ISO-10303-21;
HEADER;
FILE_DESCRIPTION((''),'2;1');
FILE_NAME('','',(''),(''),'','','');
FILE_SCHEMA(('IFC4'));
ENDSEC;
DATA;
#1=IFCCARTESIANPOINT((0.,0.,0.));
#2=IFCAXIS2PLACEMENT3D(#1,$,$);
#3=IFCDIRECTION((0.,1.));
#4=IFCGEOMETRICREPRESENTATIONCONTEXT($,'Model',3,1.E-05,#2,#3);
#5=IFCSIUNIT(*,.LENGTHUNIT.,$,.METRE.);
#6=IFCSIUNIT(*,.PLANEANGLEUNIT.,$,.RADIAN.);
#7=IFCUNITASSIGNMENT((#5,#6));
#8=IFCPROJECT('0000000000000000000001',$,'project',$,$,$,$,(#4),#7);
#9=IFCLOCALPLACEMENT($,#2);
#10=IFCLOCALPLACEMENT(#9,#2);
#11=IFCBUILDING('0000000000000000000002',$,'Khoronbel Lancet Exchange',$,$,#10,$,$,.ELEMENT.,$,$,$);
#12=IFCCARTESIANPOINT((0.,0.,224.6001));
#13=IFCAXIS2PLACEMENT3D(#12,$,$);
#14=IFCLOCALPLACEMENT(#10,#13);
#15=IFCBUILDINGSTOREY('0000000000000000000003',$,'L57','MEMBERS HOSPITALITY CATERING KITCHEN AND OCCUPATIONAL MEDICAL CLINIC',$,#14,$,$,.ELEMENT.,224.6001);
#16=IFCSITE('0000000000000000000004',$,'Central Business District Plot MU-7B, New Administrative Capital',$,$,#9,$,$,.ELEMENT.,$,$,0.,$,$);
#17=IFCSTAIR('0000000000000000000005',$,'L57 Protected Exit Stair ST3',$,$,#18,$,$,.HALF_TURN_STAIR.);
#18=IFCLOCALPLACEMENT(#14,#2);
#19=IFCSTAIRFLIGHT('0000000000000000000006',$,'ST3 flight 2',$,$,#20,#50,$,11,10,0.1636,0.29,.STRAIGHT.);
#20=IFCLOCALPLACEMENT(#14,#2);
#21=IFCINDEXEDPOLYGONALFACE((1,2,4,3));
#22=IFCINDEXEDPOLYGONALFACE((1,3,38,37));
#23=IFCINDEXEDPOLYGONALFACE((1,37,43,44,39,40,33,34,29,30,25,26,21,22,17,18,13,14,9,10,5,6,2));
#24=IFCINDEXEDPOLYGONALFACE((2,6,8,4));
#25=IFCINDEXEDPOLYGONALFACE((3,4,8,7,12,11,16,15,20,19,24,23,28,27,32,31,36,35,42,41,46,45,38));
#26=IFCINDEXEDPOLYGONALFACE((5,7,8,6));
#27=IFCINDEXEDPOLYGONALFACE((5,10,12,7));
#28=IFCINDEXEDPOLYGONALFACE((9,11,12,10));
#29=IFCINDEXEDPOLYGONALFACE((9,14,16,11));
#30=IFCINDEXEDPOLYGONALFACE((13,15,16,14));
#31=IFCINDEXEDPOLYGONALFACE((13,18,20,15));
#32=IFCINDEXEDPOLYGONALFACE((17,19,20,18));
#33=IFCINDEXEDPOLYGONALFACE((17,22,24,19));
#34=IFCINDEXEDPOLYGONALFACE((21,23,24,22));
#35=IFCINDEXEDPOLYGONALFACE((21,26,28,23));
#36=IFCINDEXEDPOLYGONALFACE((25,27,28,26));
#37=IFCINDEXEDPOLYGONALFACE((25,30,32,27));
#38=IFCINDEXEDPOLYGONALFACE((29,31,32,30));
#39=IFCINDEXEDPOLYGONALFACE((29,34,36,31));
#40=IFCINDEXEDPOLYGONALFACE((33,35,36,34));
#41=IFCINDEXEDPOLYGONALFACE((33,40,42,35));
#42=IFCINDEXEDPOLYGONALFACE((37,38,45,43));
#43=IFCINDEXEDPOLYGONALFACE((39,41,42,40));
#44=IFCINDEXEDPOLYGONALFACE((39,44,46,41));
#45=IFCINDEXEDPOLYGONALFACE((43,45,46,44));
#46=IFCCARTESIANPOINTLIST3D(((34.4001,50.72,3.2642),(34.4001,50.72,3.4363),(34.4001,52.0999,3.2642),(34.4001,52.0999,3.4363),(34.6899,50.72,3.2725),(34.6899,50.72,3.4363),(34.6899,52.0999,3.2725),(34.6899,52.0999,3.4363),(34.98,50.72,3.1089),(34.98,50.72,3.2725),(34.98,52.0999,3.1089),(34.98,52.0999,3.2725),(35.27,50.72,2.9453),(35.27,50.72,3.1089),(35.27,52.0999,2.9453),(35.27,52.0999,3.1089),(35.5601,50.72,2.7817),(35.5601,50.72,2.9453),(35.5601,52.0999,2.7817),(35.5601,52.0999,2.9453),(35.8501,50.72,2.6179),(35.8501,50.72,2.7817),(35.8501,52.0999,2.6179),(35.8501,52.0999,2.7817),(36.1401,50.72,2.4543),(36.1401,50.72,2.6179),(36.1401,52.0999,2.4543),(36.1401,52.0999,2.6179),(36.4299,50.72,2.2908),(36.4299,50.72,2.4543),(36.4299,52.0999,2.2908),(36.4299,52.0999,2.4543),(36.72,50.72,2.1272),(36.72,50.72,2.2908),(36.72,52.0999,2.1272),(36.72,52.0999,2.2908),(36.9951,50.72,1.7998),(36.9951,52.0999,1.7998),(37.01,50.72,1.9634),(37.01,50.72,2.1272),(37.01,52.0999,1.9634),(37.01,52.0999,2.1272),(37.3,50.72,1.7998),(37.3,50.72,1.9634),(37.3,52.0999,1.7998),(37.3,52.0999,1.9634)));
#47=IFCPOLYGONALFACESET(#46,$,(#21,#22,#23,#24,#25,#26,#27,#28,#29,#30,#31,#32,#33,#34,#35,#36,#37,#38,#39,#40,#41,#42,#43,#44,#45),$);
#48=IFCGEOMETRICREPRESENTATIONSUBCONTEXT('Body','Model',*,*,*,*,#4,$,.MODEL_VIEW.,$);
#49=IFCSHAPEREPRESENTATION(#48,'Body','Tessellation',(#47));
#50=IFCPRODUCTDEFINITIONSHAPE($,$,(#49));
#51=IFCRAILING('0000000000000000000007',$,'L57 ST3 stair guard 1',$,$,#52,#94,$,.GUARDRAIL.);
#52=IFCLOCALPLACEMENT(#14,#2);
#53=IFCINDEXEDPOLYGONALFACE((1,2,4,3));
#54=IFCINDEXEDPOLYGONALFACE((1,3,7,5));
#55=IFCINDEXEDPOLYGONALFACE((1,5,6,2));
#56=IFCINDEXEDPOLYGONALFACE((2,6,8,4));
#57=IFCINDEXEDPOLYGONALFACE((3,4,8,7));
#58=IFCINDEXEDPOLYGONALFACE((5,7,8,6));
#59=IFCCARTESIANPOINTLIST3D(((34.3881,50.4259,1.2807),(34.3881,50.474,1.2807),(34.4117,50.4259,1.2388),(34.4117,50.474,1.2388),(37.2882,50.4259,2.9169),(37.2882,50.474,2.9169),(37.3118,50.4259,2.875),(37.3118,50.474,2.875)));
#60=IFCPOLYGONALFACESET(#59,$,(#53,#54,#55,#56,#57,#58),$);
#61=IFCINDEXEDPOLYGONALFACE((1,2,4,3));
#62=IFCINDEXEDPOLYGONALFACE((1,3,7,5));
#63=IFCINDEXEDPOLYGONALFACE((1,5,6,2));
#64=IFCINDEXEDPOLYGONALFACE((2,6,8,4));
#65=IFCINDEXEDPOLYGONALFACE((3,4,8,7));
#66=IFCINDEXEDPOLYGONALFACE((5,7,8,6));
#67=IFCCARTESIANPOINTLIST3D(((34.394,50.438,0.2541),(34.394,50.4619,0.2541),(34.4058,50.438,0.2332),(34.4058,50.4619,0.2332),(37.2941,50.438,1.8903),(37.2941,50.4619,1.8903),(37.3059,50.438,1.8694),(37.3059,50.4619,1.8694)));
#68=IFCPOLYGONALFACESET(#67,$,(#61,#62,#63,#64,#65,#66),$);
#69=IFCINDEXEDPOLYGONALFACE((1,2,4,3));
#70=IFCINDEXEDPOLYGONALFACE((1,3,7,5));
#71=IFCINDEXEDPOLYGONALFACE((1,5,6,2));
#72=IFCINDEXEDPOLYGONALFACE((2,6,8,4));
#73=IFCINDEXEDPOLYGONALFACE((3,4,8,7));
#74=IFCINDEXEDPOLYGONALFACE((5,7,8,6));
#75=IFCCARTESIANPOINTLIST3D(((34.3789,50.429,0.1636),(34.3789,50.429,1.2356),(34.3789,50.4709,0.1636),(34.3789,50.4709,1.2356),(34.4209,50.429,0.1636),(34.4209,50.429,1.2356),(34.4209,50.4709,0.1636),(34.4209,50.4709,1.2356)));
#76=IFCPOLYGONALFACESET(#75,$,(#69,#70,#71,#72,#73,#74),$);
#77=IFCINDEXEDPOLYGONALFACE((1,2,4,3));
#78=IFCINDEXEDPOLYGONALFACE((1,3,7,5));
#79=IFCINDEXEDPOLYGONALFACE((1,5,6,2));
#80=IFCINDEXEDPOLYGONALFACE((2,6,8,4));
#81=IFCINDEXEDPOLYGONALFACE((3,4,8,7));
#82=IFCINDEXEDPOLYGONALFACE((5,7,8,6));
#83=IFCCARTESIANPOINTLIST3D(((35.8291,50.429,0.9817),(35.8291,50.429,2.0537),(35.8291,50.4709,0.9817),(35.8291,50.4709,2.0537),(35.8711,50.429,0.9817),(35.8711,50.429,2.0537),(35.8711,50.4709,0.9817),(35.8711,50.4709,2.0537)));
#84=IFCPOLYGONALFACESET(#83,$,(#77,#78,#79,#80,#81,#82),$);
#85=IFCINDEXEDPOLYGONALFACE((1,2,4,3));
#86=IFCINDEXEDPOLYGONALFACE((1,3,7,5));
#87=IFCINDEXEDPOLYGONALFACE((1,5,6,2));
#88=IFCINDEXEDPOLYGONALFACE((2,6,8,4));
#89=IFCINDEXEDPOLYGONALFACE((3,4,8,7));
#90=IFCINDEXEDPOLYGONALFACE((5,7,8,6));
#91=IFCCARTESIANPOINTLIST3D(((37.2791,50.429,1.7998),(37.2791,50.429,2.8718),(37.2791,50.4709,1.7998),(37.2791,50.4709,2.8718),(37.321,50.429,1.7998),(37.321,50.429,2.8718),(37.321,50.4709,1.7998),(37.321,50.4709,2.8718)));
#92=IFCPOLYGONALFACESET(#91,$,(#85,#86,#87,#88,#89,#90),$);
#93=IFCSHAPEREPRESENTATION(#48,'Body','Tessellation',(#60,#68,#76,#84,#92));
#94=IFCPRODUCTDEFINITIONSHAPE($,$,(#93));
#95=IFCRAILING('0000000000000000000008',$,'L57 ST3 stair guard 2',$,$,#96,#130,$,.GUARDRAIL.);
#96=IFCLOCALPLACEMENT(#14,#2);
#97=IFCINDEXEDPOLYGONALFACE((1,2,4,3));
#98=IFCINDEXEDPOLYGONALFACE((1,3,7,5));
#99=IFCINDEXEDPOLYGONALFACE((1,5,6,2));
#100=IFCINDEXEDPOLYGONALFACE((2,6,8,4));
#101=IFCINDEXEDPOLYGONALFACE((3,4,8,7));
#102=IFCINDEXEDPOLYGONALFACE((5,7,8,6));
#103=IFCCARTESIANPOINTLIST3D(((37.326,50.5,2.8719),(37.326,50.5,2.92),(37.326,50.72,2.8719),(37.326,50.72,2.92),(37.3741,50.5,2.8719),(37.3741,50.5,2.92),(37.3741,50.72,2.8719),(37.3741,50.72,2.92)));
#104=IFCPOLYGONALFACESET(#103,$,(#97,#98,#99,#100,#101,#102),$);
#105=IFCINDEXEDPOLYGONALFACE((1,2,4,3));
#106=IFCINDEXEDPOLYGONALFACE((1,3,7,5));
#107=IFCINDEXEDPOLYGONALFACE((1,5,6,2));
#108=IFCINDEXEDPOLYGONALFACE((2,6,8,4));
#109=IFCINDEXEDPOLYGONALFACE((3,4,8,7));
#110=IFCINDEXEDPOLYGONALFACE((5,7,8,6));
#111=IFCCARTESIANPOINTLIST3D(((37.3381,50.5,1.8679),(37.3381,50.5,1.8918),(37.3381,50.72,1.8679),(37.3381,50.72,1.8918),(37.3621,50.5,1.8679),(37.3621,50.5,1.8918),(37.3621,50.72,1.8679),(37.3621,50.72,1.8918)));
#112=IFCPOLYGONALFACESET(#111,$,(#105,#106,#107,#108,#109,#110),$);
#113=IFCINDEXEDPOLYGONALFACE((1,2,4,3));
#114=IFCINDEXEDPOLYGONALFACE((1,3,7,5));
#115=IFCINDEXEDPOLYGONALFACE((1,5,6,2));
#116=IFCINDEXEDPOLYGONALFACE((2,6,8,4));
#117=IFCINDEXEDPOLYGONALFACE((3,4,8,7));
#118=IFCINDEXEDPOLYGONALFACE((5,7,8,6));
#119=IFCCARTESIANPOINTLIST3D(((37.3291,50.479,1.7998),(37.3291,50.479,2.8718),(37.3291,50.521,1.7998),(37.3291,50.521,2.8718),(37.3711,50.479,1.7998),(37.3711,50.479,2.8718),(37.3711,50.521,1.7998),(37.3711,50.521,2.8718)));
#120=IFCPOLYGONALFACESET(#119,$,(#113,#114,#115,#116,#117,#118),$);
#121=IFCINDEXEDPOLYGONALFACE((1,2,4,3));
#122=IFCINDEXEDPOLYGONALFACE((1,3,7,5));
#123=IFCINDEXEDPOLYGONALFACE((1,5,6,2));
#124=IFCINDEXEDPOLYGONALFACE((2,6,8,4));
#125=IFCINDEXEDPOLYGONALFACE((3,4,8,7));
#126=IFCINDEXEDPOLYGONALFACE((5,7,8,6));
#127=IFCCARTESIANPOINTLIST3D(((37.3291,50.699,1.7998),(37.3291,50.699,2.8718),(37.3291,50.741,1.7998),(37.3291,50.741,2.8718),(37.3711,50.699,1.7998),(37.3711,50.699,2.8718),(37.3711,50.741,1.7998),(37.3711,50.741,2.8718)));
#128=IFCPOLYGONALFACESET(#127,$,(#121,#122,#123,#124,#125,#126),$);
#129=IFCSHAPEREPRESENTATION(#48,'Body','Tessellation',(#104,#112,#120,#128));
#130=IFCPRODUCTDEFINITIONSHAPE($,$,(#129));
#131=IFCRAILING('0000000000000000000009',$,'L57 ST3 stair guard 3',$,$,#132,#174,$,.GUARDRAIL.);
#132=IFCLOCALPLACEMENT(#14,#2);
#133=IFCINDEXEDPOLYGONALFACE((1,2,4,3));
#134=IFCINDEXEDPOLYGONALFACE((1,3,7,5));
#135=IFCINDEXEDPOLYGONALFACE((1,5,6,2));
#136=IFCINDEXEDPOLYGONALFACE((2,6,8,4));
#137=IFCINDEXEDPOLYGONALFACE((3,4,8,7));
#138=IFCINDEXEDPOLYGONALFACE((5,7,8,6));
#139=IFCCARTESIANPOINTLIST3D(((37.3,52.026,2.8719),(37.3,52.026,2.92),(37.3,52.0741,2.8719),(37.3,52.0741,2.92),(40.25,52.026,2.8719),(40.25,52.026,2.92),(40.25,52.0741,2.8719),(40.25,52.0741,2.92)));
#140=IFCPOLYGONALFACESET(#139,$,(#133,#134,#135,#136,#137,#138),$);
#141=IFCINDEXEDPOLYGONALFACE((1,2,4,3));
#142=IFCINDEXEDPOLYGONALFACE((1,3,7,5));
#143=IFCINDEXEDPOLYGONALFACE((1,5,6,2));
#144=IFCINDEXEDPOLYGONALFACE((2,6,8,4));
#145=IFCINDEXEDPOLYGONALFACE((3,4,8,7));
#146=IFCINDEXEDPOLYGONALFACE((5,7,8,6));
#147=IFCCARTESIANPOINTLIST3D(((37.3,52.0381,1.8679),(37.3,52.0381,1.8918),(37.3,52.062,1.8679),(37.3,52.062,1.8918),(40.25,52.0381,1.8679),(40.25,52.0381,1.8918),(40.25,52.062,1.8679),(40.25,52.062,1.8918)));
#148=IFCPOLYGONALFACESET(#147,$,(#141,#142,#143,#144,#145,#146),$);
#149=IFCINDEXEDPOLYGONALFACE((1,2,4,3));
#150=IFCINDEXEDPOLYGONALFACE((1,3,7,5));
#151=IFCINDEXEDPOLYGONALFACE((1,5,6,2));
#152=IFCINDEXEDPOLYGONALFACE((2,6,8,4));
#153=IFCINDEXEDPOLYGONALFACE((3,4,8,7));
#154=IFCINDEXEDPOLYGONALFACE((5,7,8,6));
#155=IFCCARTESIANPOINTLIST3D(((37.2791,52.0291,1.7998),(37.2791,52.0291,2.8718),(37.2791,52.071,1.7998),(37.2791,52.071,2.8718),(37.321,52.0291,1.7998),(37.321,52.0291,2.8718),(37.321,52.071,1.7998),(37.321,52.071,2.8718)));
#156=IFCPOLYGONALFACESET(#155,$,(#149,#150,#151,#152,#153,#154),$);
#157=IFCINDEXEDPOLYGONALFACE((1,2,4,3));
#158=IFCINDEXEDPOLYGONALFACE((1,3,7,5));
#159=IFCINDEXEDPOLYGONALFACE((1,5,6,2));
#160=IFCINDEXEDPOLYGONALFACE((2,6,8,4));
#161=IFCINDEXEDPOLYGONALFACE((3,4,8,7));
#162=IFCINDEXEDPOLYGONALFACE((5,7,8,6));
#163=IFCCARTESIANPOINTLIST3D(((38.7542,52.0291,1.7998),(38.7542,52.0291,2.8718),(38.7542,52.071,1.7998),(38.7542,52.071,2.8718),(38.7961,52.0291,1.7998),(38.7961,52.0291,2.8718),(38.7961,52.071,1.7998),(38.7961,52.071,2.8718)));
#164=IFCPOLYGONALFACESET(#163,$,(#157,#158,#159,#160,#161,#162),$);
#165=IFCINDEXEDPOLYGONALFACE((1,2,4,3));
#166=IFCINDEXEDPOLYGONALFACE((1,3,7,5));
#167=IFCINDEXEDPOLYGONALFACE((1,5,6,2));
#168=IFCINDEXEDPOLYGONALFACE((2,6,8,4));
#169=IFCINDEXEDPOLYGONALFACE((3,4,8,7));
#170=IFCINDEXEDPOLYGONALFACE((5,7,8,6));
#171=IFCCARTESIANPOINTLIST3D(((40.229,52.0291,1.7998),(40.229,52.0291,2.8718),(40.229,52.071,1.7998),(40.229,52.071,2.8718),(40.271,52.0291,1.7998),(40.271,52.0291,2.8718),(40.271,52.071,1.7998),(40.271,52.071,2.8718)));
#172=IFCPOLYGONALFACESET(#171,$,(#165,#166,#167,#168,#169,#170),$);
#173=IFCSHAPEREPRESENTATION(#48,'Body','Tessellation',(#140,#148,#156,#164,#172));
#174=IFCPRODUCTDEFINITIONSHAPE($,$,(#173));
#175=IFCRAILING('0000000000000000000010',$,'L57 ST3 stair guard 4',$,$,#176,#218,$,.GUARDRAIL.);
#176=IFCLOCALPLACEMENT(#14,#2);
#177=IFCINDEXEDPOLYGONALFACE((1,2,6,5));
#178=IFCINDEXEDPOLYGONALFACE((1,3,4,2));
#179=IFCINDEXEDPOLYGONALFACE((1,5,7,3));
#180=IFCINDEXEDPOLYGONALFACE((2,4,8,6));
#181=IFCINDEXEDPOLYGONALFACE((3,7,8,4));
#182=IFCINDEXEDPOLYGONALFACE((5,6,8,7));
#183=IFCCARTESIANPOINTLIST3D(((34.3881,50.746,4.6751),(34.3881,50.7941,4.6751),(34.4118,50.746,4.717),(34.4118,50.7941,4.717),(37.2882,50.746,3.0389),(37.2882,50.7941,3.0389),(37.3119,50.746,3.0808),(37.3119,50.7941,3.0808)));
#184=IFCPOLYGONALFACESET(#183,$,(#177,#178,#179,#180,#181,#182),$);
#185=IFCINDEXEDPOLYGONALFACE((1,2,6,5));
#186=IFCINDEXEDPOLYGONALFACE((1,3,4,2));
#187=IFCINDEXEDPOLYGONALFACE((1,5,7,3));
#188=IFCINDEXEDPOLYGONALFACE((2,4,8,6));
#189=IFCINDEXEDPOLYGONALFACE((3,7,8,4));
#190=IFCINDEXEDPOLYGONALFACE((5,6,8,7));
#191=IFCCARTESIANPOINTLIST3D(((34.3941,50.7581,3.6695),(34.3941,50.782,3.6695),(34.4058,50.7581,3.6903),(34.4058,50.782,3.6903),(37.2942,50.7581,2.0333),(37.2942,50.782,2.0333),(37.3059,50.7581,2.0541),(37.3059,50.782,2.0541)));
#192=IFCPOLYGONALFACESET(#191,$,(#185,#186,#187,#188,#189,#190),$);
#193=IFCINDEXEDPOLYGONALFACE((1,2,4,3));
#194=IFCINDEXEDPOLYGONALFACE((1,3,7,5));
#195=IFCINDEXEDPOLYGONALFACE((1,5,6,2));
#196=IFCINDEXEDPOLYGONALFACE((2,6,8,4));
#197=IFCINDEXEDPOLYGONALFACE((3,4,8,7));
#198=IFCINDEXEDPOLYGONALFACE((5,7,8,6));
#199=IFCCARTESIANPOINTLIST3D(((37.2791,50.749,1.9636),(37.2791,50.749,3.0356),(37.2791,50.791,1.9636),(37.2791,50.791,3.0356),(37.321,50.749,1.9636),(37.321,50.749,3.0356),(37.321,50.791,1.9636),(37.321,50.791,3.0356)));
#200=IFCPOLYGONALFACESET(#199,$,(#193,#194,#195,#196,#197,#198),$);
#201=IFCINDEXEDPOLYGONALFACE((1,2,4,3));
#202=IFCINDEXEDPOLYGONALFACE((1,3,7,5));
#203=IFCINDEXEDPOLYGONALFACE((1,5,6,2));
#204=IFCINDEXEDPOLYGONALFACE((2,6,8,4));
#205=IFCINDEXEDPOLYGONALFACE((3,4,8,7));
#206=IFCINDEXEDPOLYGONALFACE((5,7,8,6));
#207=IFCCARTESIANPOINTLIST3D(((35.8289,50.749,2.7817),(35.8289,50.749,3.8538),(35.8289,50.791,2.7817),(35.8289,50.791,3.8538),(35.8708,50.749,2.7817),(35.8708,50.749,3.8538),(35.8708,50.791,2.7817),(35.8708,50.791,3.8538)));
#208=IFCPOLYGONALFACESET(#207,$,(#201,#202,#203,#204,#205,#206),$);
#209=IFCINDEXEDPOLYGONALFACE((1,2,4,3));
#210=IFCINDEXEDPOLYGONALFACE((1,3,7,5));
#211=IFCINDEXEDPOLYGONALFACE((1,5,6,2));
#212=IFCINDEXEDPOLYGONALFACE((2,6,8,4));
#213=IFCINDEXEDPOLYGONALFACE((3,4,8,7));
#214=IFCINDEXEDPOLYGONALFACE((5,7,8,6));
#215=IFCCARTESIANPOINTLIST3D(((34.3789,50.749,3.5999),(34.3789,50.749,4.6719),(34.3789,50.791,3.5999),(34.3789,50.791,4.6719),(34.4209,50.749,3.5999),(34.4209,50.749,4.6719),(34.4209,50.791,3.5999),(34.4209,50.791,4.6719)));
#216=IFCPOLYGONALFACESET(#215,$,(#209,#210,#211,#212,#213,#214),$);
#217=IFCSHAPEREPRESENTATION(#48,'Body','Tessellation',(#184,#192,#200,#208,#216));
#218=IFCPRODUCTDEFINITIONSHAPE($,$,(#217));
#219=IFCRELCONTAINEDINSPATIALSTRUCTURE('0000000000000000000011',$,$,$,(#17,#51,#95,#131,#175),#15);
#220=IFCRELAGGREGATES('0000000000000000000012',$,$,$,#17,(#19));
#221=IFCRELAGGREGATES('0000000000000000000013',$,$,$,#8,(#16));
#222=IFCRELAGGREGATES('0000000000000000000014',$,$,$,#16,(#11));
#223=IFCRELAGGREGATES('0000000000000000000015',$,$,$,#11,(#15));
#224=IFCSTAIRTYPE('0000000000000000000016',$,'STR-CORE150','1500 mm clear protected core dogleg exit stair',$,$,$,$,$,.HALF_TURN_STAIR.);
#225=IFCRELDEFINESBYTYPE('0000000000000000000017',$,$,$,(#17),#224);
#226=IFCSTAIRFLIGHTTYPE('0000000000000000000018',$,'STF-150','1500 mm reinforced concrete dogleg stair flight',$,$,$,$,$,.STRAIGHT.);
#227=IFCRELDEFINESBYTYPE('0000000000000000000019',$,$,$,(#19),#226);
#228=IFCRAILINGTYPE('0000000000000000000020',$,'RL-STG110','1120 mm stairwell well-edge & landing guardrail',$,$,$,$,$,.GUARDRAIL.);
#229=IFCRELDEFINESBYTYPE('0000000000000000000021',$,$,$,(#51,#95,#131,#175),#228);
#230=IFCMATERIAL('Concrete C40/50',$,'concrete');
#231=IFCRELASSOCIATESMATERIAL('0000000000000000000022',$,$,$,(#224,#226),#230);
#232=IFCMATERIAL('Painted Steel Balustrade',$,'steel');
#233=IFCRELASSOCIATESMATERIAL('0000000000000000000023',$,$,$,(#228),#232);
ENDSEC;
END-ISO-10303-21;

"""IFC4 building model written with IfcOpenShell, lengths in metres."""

from ifc_helpers import new_model, si_unit, direction, frame, origin, origin_2d, place, context, subcontext, project, spatial, polyline, rectangle, outline, extrude, material, type_object, element, aggregate, save


model = new_model("IFC4")

# Units and contexts
model_context = context("Model", 3, precision=1e-05, world=origin(), true_north=direction((0.0, 1.0)))
body_context = subcontext(model_context, "Body", "Model", "MODEL_VIEW")
ifc_project = project(units=[si_unit("LENGTHUNIT", "METRE"), si_unit("PLANEANGLEUNIT", "RADIAN")], contexts=[model_context])

# Site, building, storey
site_placement = place(None, origin())
site = spatial("IfcSite", under=ifc_project, at=site_placement, Name="Central Business District Plot MU-7B, New Administrative Capital", CompositionType="ELEMENT", RefElevation=0.0)
building_placement = place(site_placement, origin())
building = spatial("IfcBuilding", under=site, at=building_placement, Name="Khoronbel Lancet Exchange", CompositionType="ELEMENT")
storey_placement = place(building_placement, frame((0.0, 0.0, 224.6001)))
storey = spatial("IfcBuildingStorey", under=building, at=storey_placement, Name="L57", Description="MEMBERS HOSPITALITY CATERING KITCHEN AND OCCUPATIONAL MEDICAL CLINIC", CompositionType="ELEMENT", Elevation=224.6001)

# Stair, stair flight
ifc_material_1 = material(Name="Concrete C40/50", Category="concrete")
stair_type = type_object("IfcStairType", Name="STR-CORE150", Description="1500 mm clear protected core dogleg exit stair", PredefinedType="HALF_TURN_STAIR", material=ifc_material_1)
stair_placement = place(storey_placement, origin())
stair = element("IfcStair", 1, at=stair_placement, inside=storey, type_object=stair_type, Name="L57 Protected Exit Stair ST3", PredefinedType="HALF_TURN_STAIR")
stair_flight_type = type_object("IfcStairFlightType", Name="STF-150", Description="1500 mm reinforced concrete dogleg stair flight", PredefinedType="STRAIGHT", material=ifc_material_1)
stair_flight_1_placement = place(storey_placement, frame((37.3, 51.4099, 1.7998), z_axis=(0.0, 0.0, 1.0), x_axis=(-1.0, 0.0, 0.0)))
stair_flight_1 = element("IfcStairFlight", 2, at=stair_flight_1_placement, type_object=stair_flight_type, Name="ST3 flight 2", NumberOfRisers=11, NumberOfTreads=10, PredefinedType="STRAIGHT", RiserHeight=0.1636, TreadLength=0.29, context=body_context, shape_type="SweptSolid", body=[
    extrude(outline(polyline([(0.0, 0.0), (0.0, 0.1636), (0.29, 0.1636), (0.29, 0.3274), (0.5801, 0.3274), (0.5801, 0.491), (0.8701, 0.491), (0.8701, 0.6545), (1.1599, 0.6545), (1.1599, 0.8181), (1.45, 0.8181), (1.45, 0.9819), (1.74, 0.9819), (1.74, 1.1455), (2.03, 1.1455), (2.03, 1.3091), (2.3201, 1.3091), (2.3201, 1.4727), (2.6101, 1.4727), (2.6101, 1.6365), (2.8999, 1.6365), (2.8999, 1.8), (2.8999, 1.4644), (0.3049, 0.0), (0.0, 0.0)])), frame((0.0, 0.6899, 0.0), z_axis=(0.0, -1.0, 0.0), x_axis=(1.0, 0.0, 0.0)), (0.0, 0.0, 1.0), 1.3799),
])
aggregate(stair, [stair_flight_1])

# Railings
ifc_material_2 = material(Name="Painted Steel Balustrade", Category="steel")
railing_type_1 = type_object("IfcRailingType", Name="RL-STG110", Description="1120 mm stairwell well-edge & landing guardrail", PredefinedType="GUARDRAIL", material=ifc_material_2)
railing_1_placement = place(storey_placement, frame((34.3999, 50.45, 0.1636)))
element("IfcRailing", 3, at=railing_1_placement, inside=storey, type_object=railing_type_1, Name="L57 ST3 stair guard 1", PredefinedType="GUARDRAIL", context=body_context, shape_type="SweptSolid", body=[
    extrude(rectangle(XDim=0.0481, YDim=0.0481, at=origin_2d()), frame((0.0, 0.0, 1.0962), z_axis=(0.870946, 0.0, 0.491378), x_axis=(0.0, 1.0, 0.0)), (0.0, 0.0, 1.0), 3.3298),
    extrude(rectangle(XDim=0.0239, YDim=0.0239, at=origin_2d()), frame((0.0, 0.0, 0.0801), z_axis=(0.870946, 0.0, 0.491378), x_axis=(0.0, 1.0, 0.0)), (0.0, 0.0, 1.0), 3.3298),
    extrude(rectangle(XDim=0.042, YDim=0.042, at=origin_2d()), origin(), (0.0, 0.0, 1.0), 1.072),
    extrude(rectangle(XDim=0.042, YDim=0.042, at=origin_2d()), frame((1.4502, 0.0, 0.8181)), (0.0, 0.0, 1.0), 1.072),
    extrude(rectangle(XDim=0.042, YDim=0.042, at=origin_2d()), frame((2.9001, 0.0, 1.6362)), (0.0, 0.0, 1.0), 1.072),
])
railing_2_placement = place(storey_placement, frame((37.3501, 50.5, 1.7998)))
element("IfcRailing", 4, at=railing_2_placement, inside=storey, type_object=railing_type_1, Name="L57 ST3 stair guard 2", PredefinedType="GUARDRAIL", context=body_context, shape_type="SweptSolid", body=[
    extrude(rectangle(XDim=0.0481, YDim=0.0481, at=origin_2d()), frame((0.0, 0.0, 1.0962), z_axis=(0.0, 1.0, 0.0), x_axis=(-1.0, 0.0, 0.0)), (0.0, 0.0, 1.0), 0.22),
    extrude(rectangle(XDim=0.0239, YDim=0.0239, at=origin_2d()), frame((0.0, 0.0, 0.0801), z_axis=(0.0, 1.0, 0.0), x_axis=(-1.0, 0.0, 0.0)), (0.0, 0.0, 1.0), 0.22),
    extrude(rectangle(XDim=0.042, YDim=0.042, at=origin_2d()), origin(), (0.0, 0.0, 1.0), 1.072),
    extrude(rectangle(XDim=0.042, YDim=0.042, at=origin_2d()), frame((0.0, 0.22, 0.0)), (0.0, 0.0, 1.0), 1.072),
])
railing_3_placement = place(storey_placement, frame((37.3, 52.05, 1.7998)))
element("IfcRailing", 5, at=railing_3_placement, inside=storey, type_object=railing_type_1, Name="L57 ST3 stair guard 3", PredefinedType="GUARDRAIL", context=body_context, shape_type="SweptSolid", body=[
    extrude(rectangle(XDim=0.0481, YDim=0.0481, at=origin_2d()), frame((0.0, 0.0, 1.0962), z_axis=(1.0, 0.0, 0.0), x_axis=(0.0, 1.0, 0.0)), (0.0, 0.0, 1.0), 2.95),
    extrude(rectangle(XDim=0.0239, YDim=0.0239, at=origin_2d()), frame((0.0, 0.0, 0.0801), z_axis=(1.0, 0.0, 0.0), x_axis=(0.0, 1.0, 0.0)), (0.0, 0.0, 1.0), 2.95),
    extrude(rectangle(XDim=0.042, YDim=0.042, at=origin_2d()), origin(), (0.0, 0.0, 1.0), 1.072),
    extrude(rectangle(XDim=0.042, YDim=0.042, at=origin_2d()), frame((1.4751, 0.0, 0.0)), (0.0, 0.0, 1.0), 1.072),
    extrude(rectangle(XDim=0.042, YDim=0.042, at=origin_2d()), frame((2.95, 0.0, 0.0)), (0.0, 0.0, 1.0), 1.072),
])
railing_4_placement = place(storey_placement, frame((37.3, 50.77, 1.9636)))
element("IfcRailing", 6, at=railing_4_placement, inside=storey, type_object=railing_type_1, Name="L57 ST3 stair guard 4", PredefinedType="GUARDRAIL", context=body_context, shape_type="SweptSolid", body=[
    extrude(rectangle(XDim=0.0481, YDim=0.0481, at=origin_2d()), frame((0.0, 0.0, 1.0962), z_axis=(-0.870946, 0.0, 0.491378), x_axis=(0.0, -1.0, 0.0)), (0.0, 0.0, 1.0), 3.3298),
    extrude(rectangle(XDim=0.0239, YDim=0.0239, at=origin_2d()), frame((0.0, 0.0, 0.0801), z_axis=(-0.870946, 0.0, 0.491378), x_axis=(0.0, -1.0, 0.0)), (0.0, 0.0, 1.0), 3.3298),
    extrude(rectangle(XDim=0.042, YDim=0.042, at=origin_2d()), origin(), (0.0, 0.0, 1.0), 1.072),
    extrude(rectangle(XDim=0.042, YDim=0.042, at=origin_2d()), frame((-1.4502, 0.0, 0.8181)), (0.0, 0.0, 1.0), 1.072),
    extrude(rectangle(XDim=0.042, YDim=0.042, at=origin_2d()), frame((-2.9001, 0.0, 1.6362)), (0.0, 0.0, 1.0), 1.072),
])

save(model, "model.ifc")
